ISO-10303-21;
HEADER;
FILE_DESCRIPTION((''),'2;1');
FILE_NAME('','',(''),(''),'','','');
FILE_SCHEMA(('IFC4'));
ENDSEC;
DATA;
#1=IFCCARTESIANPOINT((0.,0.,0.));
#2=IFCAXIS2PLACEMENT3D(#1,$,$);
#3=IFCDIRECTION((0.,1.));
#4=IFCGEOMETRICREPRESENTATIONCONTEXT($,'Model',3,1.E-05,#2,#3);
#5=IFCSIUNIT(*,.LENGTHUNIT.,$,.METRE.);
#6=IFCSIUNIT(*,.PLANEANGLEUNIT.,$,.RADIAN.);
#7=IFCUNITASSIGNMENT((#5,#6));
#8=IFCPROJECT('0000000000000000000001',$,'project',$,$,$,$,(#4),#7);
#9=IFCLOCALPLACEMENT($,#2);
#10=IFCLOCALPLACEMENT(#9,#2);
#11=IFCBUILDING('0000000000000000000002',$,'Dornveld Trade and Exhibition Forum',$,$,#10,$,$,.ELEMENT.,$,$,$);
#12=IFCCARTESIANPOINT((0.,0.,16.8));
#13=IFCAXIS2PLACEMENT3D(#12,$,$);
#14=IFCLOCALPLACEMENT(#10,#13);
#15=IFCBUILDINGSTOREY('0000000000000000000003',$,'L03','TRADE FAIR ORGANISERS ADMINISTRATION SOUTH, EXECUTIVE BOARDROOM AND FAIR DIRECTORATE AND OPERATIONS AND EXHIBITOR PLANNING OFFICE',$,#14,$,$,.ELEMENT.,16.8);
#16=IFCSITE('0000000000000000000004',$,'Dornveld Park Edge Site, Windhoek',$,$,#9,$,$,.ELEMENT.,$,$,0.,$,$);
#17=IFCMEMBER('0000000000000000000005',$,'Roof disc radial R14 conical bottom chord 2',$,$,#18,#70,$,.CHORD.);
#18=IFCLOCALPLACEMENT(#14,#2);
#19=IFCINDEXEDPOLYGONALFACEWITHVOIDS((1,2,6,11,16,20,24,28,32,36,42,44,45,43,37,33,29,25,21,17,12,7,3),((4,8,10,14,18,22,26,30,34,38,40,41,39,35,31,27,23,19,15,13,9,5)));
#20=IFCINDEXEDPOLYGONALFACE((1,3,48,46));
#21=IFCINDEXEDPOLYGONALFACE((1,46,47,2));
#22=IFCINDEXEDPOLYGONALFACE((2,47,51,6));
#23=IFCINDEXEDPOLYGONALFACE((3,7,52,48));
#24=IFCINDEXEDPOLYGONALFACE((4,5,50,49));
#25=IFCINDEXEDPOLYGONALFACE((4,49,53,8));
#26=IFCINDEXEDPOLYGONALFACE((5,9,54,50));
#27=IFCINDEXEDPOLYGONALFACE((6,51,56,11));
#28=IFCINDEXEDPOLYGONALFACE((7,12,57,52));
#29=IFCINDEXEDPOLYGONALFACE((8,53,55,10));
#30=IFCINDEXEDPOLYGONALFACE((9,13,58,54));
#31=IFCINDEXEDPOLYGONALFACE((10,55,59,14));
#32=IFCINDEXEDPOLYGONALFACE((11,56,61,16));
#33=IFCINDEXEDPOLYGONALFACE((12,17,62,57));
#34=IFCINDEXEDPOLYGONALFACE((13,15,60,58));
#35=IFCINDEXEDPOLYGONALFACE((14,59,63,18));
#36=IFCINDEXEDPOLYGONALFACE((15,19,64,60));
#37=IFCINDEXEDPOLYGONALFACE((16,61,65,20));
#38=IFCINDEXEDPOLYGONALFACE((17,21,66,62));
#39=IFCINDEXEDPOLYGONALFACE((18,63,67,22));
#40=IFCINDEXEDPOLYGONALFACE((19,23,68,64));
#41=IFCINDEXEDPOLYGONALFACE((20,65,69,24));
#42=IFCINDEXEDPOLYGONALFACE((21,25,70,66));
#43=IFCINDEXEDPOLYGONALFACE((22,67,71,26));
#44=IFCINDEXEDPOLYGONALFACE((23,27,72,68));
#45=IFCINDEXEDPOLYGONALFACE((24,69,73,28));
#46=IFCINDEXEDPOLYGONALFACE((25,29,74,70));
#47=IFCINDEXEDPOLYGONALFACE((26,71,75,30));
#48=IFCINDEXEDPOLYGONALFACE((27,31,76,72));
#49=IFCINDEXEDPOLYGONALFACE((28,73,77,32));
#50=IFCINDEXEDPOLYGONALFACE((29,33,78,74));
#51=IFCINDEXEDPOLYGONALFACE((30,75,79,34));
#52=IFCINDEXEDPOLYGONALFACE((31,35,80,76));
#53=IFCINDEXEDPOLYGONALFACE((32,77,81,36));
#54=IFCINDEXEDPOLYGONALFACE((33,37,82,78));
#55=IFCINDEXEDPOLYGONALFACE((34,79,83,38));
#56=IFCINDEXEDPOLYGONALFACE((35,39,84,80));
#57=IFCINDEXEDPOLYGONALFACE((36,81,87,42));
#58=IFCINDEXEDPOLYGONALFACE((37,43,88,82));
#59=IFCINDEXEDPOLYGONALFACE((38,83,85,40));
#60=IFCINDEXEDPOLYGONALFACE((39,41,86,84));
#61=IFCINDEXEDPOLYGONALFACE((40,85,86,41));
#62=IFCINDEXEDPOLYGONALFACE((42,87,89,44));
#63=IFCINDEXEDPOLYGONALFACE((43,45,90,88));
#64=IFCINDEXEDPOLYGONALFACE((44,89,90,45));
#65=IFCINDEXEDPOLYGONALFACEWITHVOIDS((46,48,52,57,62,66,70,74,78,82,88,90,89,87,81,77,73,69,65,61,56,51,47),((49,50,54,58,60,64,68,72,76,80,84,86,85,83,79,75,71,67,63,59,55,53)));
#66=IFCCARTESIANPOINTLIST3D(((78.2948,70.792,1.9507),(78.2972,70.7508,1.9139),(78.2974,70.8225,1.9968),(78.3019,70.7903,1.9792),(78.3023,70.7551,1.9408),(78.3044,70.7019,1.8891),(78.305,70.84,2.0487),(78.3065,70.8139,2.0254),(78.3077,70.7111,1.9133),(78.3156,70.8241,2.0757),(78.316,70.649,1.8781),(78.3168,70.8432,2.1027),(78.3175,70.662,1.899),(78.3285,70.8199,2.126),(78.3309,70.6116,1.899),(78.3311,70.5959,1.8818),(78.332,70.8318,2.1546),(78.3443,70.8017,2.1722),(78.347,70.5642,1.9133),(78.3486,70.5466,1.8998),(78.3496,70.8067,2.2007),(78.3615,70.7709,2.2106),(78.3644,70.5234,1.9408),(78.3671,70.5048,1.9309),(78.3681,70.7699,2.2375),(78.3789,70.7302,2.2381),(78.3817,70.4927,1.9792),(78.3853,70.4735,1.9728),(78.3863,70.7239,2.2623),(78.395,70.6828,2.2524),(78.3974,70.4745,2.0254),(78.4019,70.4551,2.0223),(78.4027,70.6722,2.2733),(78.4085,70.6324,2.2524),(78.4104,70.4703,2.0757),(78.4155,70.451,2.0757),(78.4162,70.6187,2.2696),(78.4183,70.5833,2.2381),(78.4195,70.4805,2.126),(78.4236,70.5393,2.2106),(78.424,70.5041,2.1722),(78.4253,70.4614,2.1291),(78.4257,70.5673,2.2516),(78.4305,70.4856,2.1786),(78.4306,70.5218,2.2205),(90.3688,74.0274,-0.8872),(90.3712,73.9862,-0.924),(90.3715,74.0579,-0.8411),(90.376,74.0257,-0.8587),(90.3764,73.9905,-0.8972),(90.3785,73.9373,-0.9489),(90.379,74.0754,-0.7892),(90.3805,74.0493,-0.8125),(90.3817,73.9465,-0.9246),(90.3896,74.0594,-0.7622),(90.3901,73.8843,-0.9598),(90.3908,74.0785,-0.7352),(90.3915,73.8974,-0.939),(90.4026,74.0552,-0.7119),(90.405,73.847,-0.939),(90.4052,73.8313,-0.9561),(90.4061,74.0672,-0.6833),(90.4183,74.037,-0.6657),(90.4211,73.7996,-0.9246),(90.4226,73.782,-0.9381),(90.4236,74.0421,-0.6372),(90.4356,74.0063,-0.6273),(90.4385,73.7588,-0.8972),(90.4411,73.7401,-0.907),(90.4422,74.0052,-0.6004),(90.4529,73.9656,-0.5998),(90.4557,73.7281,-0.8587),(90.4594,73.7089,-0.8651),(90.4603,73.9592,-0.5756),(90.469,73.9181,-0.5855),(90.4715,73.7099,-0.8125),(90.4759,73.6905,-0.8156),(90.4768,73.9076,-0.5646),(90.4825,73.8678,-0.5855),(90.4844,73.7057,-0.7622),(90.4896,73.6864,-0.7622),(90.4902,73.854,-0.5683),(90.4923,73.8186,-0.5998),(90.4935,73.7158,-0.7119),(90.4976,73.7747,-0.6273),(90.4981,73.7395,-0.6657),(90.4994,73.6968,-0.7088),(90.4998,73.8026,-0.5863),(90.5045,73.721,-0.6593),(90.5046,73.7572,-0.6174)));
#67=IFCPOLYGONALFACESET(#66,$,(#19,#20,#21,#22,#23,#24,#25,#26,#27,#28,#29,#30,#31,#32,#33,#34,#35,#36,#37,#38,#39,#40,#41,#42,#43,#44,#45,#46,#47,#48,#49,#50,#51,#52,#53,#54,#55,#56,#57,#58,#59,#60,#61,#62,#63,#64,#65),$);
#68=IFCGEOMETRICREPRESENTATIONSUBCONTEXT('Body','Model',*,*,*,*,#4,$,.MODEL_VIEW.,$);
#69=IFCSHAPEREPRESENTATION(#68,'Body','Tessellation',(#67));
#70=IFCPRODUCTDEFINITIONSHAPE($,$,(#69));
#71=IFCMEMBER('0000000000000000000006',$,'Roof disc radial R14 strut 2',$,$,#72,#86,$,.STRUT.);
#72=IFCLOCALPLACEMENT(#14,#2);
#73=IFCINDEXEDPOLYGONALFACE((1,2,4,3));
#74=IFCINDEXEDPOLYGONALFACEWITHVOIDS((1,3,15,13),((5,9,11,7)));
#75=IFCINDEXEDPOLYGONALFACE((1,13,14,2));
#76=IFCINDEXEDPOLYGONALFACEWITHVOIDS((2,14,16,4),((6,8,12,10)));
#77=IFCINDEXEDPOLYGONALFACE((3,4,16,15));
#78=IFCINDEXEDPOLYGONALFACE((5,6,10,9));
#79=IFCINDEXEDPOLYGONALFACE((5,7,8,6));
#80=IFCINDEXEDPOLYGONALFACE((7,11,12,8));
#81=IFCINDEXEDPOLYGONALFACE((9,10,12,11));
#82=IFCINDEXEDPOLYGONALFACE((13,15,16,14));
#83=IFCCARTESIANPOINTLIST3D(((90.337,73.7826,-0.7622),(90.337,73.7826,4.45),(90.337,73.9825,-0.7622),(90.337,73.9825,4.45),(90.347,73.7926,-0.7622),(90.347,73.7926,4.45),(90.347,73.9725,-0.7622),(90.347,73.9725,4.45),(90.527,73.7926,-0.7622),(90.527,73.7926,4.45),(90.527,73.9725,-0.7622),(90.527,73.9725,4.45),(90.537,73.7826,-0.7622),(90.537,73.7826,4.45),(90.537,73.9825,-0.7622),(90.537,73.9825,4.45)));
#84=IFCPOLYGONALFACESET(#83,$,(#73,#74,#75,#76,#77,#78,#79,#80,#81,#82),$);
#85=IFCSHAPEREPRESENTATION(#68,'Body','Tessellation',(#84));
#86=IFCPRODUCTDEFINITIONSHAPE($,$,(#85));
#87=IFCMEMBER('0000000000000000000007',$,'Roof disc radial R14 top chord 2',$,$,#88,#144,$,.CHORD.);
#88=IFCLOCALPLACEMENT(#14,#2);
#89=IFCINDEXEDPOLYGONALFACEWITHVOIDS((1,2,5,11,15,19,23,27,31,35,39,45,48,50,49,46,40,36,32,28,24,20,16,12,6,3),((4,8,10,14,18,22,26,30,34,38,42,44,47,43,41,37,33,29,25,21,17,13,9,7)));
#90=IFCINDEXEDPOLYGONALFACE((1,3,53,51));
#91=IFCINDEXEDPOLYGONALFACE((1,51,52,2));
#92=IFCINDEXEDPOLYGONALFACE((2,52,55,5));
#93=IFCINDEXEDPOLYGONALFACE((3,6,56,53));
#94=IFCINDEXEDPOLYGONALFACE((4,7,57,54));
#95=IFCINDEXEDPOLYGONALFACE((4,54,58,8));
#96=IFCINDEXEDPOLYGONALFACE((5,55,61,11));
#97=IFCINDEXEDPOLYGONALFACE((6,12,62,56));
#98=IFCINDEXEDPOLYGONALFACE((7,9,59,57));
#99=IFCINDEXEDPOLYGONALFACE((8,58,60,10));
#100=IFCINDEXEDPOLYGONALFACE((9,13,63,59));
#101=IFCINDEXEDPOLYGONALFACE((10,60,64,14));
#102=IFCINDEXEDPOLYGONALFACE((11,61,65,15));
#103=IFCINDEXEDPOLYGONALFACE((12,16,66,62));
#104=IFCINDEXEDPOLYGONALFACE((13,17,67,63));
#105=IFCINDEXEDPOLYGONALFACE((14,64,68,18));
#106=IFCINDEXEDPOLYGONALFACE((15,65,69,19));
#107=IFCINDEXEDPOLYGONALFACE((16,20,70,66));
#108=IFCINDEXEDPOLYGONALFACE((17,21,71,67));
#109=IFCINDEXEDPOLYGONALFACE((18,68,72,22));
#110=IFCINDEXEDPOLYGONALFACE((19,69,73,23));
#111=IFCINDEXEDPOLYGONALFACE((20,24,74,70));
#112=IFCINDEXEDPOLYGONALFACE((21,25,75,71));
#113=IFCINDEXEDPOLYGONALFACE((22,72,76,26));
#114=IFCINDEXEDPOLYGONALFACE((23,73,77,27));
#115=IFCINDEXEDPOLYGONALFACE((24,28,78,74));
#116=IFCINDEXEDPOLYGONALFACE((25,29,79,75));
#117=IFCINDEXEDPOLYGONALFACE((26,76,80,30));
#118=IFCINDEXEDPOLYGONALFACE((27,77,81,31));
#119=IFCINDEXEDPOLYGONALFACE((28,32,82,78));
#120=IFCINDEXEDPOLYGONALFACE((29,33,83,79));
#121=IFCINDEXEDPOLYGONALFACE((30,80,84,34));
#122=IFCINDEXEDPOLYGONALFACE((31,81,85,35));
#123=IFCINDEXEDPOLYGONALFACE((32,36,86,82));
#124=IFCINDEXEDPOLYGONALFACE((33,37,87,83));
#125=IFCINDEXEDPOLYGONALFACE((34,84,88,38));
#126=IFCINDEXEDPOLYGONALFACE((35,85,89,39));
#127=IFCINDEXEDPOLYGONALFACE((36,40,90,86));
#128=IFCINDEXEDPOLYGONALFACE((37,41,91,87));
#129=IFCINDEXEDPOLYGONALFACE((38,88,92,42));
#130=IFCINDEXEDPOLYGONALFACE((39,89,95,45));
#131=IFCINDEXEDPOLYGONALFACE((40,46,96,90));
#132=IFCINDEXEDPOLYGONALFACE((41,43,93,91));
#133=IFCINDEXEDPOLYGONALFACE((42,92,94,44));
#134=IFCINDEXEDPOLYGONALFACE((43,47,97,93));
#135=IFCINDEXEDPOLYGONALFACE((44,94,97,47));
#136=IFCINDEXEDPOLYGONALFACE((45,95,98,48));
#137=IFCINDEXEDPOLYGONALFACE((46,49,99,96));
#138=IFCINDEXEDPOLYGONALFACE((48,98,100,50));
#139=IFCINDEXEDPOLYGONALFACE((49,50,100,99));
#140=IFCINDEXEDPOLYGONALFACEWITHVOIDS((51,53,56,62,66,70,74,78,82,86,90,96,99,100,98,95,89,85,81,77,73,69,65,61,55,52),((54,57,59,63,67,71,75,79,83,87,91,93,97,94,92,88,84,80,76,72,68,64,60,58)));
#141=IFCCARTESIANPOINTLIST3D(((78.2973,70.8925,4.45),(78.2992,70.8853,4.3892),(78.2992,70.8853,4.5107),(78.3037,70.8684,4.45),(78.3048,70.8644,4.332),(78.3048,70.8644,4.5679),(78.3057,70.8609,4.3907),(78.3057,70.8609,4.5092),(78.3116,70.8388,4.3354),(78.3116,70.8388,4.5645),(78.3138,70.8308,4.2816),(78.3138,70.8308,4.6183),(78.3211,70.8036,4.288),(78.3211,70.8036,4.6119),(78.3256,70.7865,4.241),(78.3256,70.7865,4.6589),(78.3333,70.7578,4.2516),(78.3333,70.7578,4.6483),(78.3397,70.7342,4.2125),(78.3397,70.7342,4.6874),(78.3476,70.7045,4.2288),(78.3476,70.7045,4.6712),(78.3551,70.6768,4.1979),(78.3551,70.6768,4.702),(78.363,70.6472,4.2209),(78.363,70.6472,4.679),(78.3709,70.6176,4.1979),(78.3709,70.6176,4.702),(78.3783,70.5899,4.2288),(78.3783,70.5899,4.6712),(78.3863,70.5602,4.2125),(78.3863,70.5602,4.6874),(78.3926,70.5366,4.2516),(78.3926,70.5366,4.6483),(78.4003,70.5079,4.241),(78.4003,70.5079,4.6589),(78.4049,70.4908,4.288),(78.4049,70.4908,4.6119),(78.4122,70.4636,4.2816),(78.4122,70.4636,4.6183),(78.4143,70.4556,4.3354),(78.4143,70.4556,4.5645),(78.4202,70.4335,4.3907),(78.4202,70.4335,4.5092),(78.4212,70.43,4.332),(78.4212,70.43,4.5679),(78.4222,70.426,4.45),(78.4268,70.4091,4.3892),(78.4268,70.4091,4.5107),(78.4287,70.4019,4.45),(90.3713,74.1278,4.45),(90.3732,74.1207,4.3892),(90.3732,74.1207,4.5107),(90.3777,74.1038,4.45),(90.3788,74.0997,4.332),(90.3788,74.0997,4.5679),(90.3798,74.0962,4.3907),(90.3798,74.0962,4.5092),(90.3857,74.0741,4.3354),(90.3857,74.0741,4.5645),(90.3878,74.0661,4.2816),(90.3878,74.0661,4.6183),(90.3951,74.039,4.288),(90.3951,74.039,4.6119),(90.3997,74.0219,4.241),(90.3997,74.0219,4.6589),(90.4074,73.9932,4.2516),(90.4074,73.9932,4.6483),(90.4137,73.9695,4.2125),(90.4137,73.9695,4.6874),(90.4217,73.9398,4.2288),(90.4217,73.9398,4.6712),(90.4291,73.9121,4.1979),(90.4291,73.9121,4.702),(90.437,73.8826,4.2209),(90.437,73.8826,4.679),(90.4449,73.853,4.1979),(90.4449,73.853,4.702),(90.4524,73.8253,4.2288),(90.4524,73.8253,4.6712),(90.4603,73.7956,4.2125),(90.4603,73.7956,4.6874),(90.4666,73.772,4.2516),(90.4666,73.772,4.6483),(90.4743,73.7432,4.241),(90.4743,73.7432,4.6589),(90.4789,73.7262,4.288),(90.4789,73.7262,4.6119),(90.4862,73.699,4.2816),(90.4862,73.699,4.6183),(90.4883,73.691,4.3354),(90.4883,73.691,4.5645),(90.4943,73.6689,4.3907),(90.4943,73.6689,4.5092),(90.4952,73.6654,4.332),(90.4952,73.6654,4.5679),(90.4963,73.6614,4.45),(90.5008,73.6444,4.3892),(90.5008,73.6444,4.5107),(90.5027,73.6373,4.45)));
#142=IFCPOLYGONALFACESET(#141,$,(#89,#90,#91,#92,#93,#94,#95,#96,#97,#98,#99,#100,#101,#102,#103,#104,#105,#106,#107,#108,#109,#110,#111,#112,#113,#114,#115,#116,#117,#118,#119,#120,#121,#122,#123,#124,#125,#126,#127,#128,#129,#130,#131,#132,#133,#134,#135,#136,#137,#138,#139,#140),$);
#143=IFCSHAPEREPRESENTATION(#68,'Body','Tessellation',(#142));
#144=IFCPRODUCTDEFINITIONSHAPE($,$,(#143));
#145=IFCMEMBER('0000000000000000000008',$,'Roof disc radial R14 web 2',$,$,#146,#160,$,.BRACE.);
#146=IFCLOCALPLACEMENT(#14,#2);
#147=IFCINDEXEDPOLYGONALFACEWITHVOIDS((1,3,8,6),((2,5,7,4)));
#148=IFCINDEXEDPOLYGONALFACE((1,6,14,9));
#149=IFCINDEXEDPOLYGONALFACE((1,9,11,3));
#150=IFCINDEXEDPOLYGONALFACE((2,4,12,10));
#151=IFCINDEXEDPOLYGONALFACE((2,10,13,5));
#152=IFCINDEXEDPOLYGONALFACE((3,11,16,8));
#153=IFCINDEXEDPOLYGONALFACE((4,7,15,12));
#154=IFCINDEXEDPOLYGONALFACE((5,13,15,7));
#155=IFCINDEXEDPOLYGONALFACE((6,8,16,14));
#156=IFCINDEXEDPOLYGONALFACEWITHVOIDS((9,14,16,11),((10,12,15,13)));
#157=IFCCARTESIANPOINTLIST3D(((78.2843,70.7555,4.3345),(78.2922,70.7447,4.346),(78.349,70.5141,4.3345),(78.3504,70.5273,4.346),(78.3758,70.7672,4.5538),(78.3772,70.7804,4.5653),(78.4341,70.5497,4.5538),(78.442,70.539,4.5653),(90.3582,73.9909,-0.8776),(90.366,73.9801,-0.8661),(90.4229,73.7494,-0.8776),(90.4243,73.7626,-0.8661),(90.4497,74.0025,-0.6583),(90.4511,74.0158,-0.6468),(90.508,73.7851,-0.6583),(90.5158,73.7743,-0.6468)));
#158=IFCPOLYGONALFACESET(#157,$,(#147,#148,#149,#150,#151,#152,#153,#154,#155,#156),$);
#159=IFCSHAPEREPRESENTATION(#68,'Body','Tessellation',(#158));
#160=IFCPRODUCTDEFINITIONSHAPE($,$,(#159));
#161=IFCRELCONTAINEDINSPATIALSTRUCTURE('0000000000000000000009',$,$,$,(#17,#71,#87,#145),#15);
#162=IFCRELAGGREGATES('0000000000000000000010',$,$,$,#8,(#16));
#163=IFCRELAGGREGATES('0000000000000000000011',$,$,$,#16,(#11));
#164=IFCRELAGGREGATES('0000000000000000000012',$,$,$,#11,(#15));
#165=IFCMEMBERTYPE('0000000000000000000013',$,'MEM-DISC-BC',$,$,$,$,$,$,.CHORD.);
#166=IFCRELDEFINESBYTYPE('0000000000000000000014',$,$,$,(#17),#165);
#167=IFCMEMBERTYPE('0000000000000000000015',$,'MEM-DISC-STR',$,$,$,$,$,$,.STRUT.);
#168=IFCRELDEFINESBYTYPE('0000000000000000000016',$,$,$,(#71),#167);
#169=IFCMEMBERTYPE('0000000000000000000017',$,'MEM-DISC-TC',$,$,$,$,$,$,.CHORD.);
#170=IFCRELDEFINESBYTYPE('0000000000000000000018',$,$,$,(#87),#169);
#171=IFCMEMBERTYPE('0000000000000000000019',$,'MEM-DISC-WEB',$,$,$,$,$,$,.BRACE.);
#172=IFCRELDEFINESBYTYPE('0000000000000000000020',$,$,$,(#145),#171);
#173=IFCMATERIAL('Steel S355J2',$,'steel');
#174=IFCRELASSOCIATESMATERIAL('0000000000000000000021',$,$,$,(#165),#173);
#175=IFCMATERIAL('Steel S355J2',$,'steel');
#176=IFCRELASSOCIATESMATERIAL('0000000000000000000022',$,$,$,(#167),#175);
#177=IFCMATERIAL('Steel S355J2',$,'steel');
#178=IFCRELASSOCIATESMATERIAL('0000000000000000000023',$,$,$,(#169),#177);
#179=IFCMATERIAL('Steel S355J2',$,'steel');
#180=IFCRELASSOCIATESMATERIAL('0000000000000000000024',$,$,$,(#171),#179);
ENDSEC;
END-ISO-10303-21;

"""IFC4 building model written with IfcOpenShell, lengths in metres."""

from ifc_helpers import new_model, si_unit, direction, frame, origin, origin_2d, place, context, subcontext, project, spatial, hollow_rectangle, hollow_circle, extrude, material, material_profile, profile_set, type_object, element, save


model = new_model("IFC4")

# Units and contexts
model_context = context("Model", 3, precision=1e-05, world=origin(), true_north=direction((0.0, 1.0)))
body_context = subcontext(model_context, "Body", "Model", "MODEL_VIEW")
ifc_project = project(units=[si_unit("LENGTHUNIT", "METRE"), si_unit("PLANEANGLEUNIT", "RADIAN")], contexts=[model_context])

# Site, building, storey
site_placement = place(None, origin())
site = spatial("IfcSite", under=ifc_project, at=site_placement, Name="Dornveld Park Edge Site, Windhoek", CompositionType="ELEMENT", RefElevation=0.0)
building_placement = place(site_placement, origin())
building = spatial("IfcBuilding", under=site, at=building_placement, Name="Dornveld Trade and Exhibition Forum", CompositionType="ELEMENT")
storey_placement = place(building_placement, frame((0.0, 0.0, 16.8)))
storey = spatial("IfcBuildingStorey", under=building, at=storey_placement, Name="L03", Description="TRADE FAIR ORGANISERS ADMINISTRATION SOUTH, EXECUTIVE BOARDROOM AND FAIR DIRECTORATE AND OPERATIONS AND EXHIBITOR PLANNING OFFICE", CompositionType="ELEMENT", Elevation=16.8)

# Members
ifc_material_1 = material(Name="Steel S355J2", Category="steel")
ifc_material_profile_1 = material_profile(ifc_material_1, hollow_circle(Radius=0.2031, WallThickness=0.02, at=origin_2d()), Name="CHS 406.4x20")
ifc_profile_set_1 = profile_set([ifc_material_profile_1], Name="Steel S355J2")
member_type_1 = type_object("IfcMemberType", Name="MEM-DISC-BC", PredefinedType="CHORD", material=ifc_profile_set_1)
member_1_placement = place(storey_placement, frame((90.437, 73.8826, -0.7622), z_axis=(-0.941952, -0.252406, 0.221398), x_axis=(0.258829, -0.965923, 0.0)))
element("IfcMember", 1, at=member_1_placement, inside=storey, type_object=member_type_1, Name="Roof disc radial R14 conical bottom chord 2", PredefinedType="CHORD", context=body_context, shape_type="SweptSolid", body=[
    extrude(hollow_circle(Radius=0.2031, WallThickness=0.02, at=origin_2d()), origin(), (0.0, 0.0, 1.0), 12.8181),
])
ifc_material_2 = material(Name="Steel S355J2", Category="steel")
ifc_material_profile_2 = material_profile(ifc_material_2, hollow_rectangle(XDim=0.2, YDim=0.2, WallThickness=0.01, at=origin_2d()), Name="SHS 200x200x10")
ifc_profile_set_2 = profile_set([ifc_material_profile_2], Name="Steel S355J2")
member_type_2 = type_object("IfcMemberType", Name="MEM-DISC-STR", PredefinedType="STRUT", material=ifc_profile_set_2)
member_2_placement = place(storey_placement, frame((90.437, 73.8826, -0.7622), z_axis=(0.0, 0.0, 1.0), x_axis=(1.0, 0.0, 0.0)))
element("IfcMember", 2, at=member_2_placement, inside=storey, type_object=member_type_2, Name="Roof disc radial R14 strut 2", PredefinedType="STRUT", context=body_context, shape_type="SweptSolid", body=[
    extrude(hollow_rectangle(XDim=0.2, YDim=0.2, WallThickness=0.01, at=origin_2d()), origin(), (0.0, 0.0, 1.0), 5.2122),
])
ifc_material_3 = material(Name="Steel S355J2", Category="steel")
ifc_material_profile_3 = material_profile(ifc_material_3, hollow_circle(Radius=0.2539, WallThickness=0.0249, at=origin_2d()), Name="CHS 508x25")
ifc_profile_set_3 = profile_set([ifc_material_profile_3], Name="Steel S355J2")
member_type_3 = type_object("IfcMemberType", Name="MEM-DISC-TC", PredefinedType="CHORD", material=ifc_profile_set_3)
member_3_placement = place(storey_placement, frame((90.437, 73.8826, 4.45), z_axis=(-0.965923, -0.258829, 0.0), x_axis=(0.258829, -0.965923, 0.0)))
element("IfcMember", 3, at=member_3_placement, inside=storey, type_object=member_type_3, Name="Roof disc radial R14 top chord 2", PredefinedType="CHORD", context=body_context, shape_type="SweptSolid", body=[
    extrude(hollow_circle(Radius=0.2539, WallThickness=0.0249, at=origin_2d()), origin(), (0.0, 0.0, 1.0), 12.5),
])
ifc_material_4 = material(Name="Steel S355J2", Category="steel")
ifc_material_profile_4 = material_profile(ifc_material_4, hollow_rectangle(XDim=0.25, YDim=0.25, WallThickness=0.0125, at=origin_2d()), Name="SHS 250x250x12.5")
ifc_profile_set_4 = profile_set([ifc_material_profile_4], Name="Steel S355J2")
member_type_4 = type_object("IfcMemberType", Name="MEM-DISC-WEB", PredefinedType="BRACE", material=ifc_profile_set_4)
member_4_placement = place(storey_placement, frame((90.437, 73.8826, -0.7622), z_axis=(-0.891524, -0.238893, 0.384858), x_axis=(0.258829, -0.965923, 0.0)))
element("IfcMember", 4, at=member_4_placement, inside=storey, type_object=member_type_4, Name="Roof disc radial R14 web 2", PredefinedType="BRACE", context=body_context, shape_type="SweptSolid", body=[
    extrude(hollow_rectangle(XDim=0.25, YDim=0.25, WallThickness=0.0125, at=origin_2d()), origin(), (0.0, 0.0, 1.0), 13.543),
])

save(model, "model.ifc")
